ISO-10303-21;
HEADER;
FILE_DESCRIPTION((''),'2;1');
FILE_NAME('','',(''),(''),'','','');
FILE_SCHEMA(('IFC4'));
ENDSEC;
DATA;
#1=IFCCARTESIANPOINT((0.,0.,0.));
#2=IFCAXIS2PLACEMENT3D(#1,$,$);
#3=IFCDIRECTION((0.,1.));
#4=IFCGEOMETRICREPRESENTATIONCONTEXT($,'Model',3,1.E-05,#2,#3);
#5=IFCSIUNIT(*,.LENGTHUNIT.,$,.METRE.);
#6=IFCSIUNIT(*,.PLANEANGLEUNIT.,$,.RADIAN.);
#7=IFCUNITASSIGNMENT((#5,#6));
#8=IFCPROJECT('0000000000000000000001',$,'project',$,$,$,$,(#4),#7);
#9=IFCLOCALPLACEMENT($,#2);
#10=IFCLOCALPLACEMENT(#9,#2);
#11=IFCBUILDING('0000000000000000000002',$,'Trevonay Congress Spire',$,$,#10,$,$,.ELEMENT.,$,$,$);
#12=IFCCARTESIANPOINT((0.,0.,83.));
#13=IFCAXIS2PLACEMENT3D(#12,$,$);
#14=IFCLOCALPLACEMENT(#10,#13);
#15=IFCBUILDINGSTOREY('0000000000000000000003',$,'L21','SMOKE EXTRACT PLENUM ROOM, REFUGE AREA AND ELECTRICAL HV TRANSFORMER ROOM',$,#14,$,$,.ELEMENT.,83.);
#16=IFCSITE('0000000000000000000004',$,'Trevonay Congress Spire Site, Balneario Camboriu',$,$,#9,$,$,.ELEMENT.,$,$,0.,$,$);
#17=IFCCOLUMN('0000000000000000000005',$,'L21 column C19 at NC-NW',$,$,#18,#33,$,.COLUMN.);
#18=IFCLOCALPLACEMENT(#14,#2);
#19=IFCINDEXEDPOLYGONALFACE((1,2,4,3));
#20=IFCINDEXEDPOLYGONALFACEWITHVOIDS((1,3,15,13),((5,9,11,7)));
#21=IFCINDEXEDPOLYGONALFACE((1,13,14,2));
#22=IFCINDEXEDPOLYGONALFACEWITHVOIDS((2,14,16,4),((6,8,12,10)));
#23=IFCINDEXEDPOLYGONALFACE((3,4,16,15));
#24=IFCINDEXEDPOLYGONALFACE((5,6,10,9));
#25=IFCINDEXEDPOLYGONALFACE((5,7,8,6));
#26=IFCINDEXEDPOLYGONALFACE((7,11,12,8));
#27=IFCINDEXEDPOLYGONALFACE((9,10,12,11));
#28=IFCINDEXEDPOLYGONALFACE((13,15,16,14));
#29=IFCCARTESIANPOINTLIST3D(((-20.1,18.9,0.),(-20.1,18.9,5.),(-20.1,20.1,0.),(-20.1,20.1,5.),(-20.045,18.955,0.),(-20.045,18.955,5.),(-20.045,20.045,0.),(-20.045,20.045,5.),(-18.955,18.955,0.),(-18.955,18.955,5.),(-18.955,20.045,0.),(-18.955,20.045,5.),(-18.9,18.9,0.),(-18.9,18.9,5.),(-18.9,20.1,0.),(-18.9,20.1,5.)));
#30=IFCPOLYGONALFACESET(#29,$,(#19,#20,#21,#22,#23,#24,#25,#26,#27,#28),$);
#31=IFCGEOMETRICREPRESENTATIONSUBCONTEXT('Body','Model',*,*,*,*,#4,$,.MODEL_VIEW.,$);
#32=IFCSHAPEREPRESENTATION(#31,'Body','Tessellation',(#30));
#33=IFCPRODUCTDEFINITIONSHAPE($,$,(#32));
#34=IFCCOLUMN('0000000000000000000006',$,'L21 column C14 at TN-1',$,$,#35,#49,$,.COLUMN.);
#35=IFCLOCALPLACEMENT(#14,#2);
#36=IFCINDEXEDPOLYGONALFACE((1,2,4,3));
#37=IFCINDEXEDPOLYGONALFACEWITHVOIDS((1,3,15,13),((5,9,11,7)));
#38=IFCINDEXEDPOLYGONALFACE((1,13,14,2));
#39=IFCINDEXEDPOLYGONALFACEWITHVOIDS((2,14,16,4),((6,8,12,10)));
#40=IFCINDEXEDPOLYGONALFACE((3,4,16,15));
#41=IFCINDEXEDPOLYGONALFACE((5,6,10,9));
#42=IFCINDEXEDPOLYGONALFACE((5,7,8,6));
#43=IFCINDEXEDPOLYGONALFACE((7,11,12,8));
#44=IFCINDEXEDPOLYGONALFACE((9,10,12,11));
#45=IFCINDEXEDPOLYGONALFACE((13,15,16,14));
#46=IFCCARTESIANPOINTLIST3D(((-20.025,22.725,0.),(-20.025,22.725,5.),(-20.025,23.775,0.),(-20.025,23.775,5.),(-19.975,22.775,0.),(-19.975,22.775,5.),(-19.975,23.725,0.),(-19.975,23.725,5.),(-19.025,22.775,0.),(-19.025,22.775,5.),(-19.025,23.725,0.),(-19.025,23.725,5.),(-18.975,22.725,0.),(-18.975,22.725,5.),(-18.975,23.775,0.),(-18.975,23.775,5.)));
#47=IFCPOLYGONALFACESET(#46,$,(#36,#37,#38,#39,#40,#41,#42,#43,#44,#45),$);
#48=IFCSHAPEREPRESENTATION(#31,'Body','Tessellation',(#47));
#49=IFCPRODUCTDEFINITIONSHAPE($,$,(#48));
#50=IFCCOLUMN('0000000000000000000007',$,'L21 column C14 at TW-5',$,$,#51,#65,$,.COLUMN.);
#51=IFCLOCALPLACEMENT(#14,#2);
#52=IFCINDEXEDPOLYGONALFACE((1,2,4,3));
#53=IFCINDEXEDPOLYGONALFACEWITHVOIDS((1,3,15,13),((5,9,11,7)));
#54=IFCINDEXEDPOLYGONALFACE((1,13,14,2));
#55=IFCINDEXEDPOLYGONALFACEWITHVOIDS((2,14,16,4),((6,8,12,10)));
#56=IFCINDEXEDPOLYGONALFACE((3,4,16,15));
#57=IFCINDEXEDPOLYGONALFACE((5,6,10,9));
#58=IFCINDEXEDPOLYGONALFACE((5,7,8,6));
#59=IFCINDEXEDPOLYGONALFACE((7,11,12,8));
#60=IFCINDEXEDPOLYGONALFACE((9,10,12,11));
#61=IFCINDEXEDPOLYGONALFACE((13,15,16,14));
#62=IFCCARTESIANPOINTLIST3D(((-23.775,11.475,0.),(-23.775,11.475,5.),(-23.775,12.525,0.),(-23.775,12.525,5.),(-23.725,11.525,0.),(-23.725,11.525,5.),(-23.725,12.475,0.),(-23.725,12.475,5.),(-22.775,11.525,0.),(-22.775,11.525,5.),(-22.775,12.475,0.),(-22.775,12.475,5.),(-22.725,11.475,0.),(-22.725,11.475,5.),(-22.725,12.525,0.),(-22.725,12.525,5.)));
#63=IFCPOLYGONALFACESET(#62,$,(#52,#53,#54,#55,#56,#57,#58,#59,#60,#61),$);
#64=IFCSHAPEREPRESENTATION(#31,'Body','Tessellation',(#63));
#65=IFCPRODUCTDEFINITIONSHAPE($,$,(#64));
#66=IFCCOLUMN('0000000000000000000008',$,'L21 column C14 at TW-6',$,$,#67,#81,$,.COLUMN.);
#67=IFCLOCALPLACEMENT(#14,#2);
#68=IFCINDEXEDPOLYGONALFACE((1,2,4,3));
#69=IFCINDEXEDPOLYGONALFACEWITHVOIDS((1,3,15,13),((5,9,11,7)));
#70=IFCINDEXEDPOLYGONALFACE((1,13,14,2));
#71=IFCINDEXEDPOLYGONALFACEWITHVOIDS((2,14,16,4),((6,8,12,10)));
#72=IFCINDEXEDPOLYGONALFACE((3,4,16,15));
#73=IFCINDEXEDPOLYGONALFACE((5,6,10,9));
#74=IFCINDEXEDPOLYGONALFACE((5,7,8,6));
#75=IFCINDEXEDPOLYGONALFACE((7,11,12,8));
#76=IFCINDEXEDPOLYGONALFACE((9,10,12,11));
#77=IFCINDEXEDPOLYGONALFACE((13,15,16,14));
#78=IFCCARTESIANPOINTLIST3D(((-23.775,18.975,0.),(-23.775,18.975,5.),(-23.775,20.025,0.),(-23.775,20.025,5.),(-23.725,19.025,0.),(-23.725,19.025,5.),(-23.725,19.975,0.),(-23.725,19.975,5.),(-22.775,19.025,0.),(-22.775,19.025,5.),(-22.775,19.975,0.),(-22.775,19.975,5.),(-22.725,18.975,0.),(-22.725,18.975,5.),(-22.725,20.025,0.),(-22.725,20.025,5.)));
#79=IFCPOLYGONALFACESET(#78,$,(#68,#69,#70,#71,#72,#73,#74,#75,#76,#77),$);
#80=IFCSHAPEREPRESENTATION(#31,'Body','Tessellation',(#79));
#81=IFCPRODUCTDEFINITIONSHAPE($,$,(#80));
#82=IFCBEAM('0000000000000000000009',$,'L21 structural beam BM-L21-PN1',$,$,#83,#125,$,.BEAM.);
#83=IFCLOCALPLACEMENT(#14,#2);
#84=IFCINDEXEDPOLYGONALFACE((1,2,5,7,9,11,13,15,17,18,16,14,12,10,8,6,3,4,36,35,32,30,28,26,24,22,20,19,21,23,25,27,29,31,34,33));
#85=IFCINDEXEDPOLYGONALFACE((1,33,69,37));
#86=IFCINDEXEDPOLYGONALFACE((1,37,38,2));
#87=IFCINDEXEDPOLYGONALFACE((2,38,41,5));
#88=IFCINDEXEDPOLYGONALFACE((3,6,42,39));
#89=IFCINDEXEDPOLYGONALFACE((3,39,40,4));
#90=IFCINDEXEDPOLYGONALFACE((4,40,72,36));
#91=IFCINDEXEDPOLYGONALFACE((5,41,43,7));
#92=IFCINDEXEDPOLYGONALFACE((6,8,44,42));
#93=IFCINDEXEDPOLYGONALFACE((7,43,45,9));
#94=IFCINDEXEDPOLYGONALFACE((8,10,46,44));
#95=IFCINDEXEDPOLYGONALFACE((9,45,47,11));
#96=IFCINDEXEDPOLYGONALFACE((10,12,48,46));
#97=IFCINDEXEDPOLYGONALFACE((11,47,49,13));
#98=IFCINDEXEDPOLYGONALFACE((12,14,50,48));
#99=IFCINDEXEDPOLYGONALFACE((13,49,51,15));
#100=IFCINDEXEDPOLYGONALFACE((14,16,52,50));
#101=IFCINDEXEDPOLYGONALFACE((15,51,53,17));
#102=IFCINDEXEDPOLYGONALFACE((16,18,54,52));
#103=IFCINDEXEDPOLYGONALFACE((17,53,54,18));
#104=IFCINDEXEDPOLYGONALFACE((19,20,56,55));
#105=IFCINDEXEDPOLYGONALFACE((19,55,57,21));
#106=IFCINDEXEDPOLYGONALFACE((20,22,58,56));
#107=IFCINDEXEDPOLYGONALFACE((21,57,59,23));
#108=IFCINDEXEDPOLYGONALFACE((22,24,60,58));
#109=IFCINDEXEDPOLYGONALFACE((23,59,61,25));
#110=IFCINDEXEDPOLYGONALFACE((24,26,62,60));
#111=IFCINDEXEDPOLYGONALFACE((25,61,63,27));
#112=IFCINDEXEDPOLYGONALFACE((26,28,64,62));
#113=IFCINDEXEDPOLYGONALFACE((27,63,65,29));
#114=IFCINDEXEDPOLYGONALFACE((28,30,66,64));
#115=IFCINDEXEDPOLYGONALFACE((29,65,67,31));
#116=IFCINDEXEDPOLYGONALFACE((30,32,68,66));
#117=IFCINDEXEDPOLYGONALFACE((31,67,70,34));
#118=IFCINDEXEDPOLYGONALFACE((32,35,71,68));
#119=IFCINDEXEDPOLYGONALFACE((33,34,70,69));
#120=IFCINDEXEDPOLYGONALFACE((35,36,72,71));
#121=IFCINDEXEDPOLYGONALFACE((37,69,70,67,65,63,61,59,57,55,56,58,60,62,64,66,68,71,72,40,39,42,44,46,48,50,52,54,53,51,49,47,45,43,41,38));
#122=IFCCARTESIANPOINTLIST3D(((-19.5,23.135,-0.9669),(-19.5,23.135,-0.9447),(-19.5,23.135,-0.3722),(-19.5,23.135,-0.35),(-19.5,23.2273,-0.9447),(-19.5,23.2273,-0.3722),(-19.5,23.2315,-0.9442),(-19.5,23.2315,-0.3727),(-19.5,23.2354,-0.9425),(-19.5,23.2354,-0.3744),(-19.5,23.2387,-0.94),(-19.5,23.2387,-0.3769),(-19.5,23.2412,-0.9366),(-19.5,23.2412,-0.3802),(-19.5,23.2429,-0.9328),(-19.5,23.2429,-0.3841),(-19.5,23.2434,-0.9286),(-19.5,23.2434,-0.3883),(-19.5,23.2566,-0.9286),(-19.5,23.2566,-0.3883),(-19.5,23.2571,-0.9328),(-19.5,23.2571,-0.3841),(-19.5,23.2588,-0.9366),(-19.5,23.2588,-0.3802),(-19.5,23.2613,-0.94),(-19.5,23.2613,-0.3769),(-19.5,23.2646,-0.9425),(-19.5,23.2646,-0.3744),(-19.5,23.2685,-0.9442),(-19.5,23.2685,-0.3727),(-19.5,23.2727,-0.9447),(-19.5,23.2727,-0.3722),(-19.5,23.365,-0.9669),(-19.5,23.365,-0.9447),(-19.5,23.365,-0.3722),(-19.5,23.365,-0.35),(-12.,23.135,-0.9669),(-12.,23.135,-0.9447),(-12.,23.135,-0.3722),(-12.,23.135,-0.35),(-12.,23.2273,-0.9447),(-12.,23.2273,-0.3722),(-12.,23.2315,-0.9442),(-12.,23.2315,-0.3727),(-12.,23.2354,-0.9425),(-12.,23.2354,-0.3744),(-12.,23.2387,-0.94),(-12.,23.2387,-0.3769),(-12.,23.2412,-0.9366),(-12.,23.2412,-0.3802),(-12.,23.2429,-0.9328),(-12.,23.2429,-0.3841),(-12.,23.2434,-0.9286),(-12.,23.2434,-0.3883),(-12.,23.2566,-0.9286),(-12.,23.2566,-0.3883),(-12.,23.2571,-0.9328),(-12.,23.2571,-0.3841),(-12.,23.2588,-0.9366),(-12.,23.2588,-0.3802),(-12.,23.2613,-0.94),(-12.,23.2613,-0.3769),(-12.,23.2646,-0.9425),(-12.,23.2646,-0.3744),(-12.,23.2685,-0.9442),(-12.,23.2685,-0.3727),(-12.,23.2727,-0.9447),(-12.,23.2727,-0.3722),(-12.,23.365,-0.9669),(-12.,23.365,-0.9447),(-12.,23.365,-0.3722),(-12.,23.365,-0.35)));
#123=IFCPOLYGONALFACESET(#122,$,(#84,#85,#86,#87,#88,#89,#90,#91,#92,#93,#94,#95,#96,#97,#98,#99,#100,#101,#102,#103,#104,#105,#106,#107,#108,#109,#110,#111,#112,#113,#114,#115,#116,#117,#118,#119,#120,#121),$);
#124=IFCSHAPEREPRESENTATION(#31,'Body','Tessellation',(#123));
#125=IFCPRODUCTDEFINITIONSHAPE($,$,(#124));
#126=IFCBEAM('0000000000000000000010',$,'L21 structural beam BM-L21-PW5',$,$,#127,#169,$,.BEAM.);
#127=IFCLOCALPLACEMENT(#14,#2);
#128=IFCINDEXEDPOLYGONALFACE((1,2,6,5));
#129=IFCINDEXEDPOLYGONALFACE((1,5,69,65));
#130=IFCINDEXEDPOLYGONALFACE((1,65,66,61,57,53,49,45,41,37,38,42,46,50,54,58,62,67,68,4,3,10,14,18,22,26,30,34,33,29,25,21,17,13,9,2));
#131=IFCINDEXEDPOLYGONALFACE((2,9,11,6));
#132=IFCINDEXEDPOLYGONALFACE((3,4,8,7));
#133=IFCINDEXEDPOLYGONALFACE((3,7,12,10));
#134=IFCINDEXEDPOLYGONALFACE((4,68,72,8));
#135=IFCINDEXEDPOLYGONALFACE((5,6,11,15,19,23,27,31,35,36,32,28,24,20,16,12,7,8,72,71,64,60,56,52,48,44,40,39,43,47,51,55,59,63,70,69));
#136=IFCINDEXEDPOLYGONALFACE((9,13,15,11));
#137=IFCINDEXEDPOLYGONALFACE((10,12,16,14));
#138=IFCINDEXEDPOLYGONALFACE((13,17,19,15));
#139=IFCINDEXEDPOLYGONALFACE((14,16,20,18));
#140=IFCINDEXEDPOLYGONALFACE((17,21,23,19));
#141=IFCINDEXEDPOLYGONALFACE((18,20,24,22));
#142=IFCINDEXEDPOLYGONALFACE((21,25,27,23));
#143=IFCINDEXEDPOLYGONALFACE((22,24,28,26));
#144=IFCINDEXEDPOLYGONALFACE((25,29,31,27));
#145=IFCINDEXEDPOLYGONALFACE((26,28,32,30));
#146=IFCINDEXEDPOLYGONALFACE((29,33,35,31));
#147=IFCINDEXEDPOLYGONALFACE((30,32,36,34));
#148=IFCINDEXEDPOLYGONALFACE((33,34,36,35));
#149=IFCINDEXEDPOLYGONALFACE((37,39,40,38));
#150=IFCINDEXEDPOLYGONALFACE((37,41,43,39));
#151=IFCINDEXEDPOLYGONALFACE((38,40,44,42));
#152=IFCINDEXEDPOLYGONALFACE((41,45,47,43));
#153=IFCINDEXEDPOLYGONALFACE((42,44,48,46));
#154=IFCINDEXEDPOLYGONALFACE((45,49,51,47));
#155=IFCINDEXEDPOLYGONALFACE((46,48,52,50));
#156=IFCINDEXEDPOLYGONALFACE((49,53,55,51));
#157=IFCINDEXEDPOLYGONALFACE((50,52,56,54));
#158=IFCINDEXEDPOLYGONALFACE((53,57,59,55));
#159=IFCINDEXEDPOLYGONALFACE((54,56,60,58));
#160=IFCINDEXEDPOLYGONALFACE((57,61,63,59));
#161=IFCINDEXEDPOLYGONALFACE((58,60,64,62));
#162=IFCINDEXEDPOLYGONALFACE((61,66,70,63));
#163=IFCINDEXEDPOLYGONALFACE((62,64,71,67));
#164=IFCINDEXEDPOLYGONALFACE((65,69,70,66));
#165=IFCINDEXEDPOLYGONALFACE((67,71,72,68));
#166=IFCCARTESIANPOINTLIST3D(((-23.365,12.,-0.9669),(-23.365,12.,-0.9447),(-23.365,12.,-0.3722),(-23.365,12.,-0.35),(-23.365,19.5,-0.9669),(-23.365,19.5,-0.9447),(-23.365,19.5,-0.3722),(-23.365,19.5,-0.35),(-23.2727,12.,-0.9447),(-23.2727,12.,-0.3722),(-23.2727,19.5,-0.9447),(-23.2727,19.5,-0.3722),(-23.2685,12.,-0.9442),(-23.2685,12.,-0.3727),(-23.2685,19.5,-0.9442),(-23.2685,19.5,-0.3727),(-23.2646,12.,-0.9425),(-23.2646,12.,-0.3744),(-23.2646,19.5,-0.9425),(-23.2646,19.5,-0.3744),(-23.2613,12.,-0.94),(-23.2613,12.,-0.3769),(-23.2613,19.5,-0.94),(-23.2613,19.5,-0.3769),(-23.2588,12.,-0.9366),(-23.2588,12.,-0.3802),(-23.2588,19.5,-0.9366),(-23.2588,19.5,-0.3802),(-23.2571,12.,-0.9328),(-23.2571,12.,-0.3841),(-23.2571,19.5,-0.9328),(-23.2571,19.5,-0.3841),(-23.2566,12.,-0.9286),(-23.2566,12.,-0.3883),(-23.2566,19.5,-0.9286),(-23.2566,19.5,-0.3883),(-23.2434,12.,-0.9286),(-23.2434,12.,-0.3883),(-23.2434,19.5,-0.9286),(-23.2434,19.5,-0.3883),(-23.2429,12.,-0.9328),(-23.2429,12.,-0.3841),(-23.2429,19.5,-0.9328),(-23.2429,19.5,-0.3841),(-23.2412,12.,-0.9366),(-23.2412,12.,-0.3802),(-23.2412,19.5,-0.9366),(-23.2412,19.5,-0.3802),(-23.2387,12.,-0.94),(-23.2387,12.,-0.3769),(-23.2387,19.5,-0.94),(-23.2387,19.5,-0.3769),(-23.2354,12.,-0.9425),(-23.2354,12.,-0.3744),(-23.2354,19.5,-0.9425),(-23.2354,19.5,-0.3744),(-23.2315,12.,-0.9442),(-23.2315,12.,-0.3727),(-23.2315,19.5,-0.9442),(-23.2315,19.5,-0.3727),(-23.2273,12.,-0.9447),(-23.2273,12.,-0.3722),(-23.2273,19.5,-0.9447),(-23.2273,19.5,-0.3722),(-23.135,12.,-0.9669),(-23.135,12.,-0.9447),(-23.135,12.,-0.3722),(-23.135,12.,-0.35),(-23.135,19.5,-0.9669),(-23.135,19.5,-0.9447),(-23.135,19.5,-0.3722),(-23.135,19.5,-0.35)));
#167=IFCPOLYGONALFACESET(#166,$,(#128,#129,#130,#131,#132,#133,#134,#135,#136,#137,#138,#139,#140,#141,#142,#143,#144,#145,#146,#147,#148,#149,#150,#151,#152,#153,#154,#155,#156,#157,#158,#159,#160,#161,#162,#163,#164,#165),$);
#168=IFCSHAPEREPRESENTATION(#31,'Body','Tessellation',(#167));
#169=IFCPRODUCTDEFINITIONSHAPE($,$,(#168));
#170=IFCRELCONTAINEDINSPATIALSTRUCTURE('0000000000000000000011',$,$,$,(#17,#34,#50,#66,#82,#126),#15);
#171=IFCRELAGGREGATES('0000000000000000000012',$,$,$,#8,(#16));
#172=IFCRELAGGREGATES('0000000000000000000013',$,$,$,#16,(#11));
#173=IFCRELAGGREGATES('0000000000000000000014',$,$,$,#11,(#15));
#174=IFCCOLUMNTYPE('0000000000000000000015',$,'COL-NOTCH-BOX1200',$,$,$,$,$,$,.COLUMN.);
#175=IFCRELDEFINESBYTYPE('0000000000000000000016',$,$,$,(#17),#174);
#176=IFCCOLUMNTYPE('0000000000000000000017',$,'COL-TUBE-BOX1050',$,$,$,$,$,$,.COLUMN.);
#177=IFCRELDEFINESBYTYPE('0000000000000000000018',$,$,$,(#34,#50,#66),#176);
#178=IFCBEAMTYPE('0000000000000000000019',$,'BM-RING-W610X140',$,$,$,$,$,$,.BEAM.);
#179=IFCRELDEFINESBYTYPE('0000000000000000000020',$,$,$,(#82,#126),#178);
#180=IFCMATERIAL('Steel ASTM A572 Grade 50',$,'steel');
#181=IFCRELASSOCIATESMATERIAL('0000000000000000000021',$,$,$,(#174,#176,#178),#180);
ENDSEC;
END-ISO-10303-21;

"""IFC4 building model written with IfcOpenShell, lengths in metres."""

from ifc_helpers import new_model, si_unit, direction, frame, origin, origin_2d, place, context, subcontext, project, spatial, hollow_rectangle, i_section, extrude, material, material_profile, profile_set, type_object, element, save


model = new_model("IFC4")

# Units and contexts
model_context = context("Model", 3, precision=1e-05, world=origin(), true_north=direction((0.0, 1.0)))
body_context = subcontext(model_context, "Body", "Model", "MODEL_VIEW")
ifc_project = project(units=[si_unit("LENGTHUNIT", "METRE"), si_unit("PLANEANGLEUNIT", "RADIAN")], contexts=[model_context])

# Site, building, storey
site_placement = place(None, origin())
site = spatial("IfcSite", under=ifc_project, at=site_placement, Name="Trevonay Congress Spire Site, Balneario Camboriu", CompositionType="ELEMENT", RefElevation=0.0)
building_placement = place(site_placement, origin())
building = spatial("IfcBuilding", under=site, at=building_placement, Name="Trevonay Congress Spire", CompositionType="ELEMENT")
storey_placement = place(building_placement, frame((0.0, 0.0, 83.0)))
storey = spatial("IfcBuildingStorey", under=building, at=storey_placement, Name="L21", Description="SMOKE EXTRACT PLENUM ROOM, REFUGE AREA AND ELECTRICAL HV TRANSFORMER ROOM", CompositionType="ELEMENT", Elevation=83.0)

# Columns
ifc_material_1 = material(Name="Steel ASTM A572 Grade 50", Category="steel")
ifc_material_profile_1 = material_profile(ifc_material_1, hollow_rectangle(XDim=1.2, YDim=1.2, WallThickness=0.0549, at=origin_2d()), Name="BOX 1200x1200x55")
ifc_profile_set_1 = profile_set([ifc_material_profile_1], Name="Steel ASTM A572 Grade 50")
column_type_1 = type_object("IfcColumnType", Name="COL-NOTCH-BOX1200", PredefinedType="COLUMN", material=ifc_profile_set_1)
column_placement = place(storey_placement, frame((-19.5, 19.5, 0.0), z_axis=(0.0, 0.0, 1.0), x_axis=(1.0, 0.0, 0.0)))
element("IfcColumn", 1, at=column_placement, inside=storey, type_object=column_type_1, Name="L21 column C19 at NC-NW", PredefinedType="COLUMN", context=body_context, shape_type="SweptSolid", body=[
    extrude(hollow_rectangle(XDim=1.2, YDim=1.2, WallThickness=0.0549, at=origin_2d()), origin(), (0.0, 0.0, 1.0), 5.0),
])
ifc_material_profile_2 = material_profile(ifc_material_1, hollow_rectangle(XDim=1.05, YDim=1.05, WallThickness=0.05, at=origin_2d()), Name="BOX 1050x1050x50")
ifc_profile_set_2 = profile_set([ifc_material_profile_2], Name="Steel ASTM A572 Grade 50")
column_type_2 = type_object("IfcColumnType", Name="COL-TUBE-BOX1050", PredefinedType="COLUMN", material=ifc_profile_set_2)
for number, where, z_axis, x_axis, name in (
    (2, (-19.5, 23.25, 0.0), (0.0, 0.0, 1.0), (1.0, 0.0, 0.0), "L21 column C14 at TN-1"),
    (3, (-23.25, 12.0, 0.0), (0.0, 0.0, 1.0), (1.0, 0.0, 0.0), "L21 column C14 at TW-5"),
    (4, (-23.25, 19.5, 0.0), (0.0, 0.0, 1.0), (1.0, 0.0, 0.0), "L21 column C14 at TW-6"),
):
    element("IfcColumn", number, at=place(storey_placement, frame(where, z_axis=z_axis, x_axis=x_axis)), inside=storey, type_object=column_type_2, Name=name, PredefinedType="COLUMN", context=body_context, shape_type="SweptSolid", body=[
        extrude(hollow_rectangle(XDim=1.05, YDim=1.05, WallThickness=0.05, at=origin_2d()), origin(), (0.0, 0.0, 1.0), 5.0),
    ])

# Beams
ifc_material_profile_3 = material_profile(ifc_material_1, i_section(OverallWidth=0.23, OverallDepth=0.6169, WebThickness=0.0132, FlangeThickness=0.0222, FilletRadius=0.0161, at=origin_2d()), Name="W610x140")
ifc_profile_set_3 = profile_set([ifc_material_profile_3], Name="Steel ASTM A572 Grade 50")
beam_type_1 = type_object("IfcBeamType", Name="BM-RING-W610X140", PredefinedType="BEAM", material=ifc_profile_set_3)
for number, where, z_axis, x_axis, name in (
    (5, (-19.5, 23.25, -0.6584), (1.0, 0.0, 0.0), (0.0, 1.0, 0.0), "L21 structural beam BM-L21-PN1"),
    (6, (-23.25, 12.0, -0.6584), (0.0, 1.0, 0.0), (-1.0, 0.0, 0.0), "L21 structural beam BM-L21-PW5"),
):
    element("IfcBeam", number, at=place(storey_placement, frame(where, z_axis=z_axis, x_axis=x_axis)), inside=storey, type_object=beam_type_1, Name=name, PredefinedType="BEAM", context=body_context, shape_type="SweptSolid", body=[
        extrude(i_section(OverallWidth=0.23, OverallDepth=0.6169, WebThickness=0.0132, FlangeThickness=0.0222, FilletRadius=0.0161, at=origin_2d()), origin(), (0.0, 0.0, 1.0), 7.5),
    ])

save(model, "model.ifc")
